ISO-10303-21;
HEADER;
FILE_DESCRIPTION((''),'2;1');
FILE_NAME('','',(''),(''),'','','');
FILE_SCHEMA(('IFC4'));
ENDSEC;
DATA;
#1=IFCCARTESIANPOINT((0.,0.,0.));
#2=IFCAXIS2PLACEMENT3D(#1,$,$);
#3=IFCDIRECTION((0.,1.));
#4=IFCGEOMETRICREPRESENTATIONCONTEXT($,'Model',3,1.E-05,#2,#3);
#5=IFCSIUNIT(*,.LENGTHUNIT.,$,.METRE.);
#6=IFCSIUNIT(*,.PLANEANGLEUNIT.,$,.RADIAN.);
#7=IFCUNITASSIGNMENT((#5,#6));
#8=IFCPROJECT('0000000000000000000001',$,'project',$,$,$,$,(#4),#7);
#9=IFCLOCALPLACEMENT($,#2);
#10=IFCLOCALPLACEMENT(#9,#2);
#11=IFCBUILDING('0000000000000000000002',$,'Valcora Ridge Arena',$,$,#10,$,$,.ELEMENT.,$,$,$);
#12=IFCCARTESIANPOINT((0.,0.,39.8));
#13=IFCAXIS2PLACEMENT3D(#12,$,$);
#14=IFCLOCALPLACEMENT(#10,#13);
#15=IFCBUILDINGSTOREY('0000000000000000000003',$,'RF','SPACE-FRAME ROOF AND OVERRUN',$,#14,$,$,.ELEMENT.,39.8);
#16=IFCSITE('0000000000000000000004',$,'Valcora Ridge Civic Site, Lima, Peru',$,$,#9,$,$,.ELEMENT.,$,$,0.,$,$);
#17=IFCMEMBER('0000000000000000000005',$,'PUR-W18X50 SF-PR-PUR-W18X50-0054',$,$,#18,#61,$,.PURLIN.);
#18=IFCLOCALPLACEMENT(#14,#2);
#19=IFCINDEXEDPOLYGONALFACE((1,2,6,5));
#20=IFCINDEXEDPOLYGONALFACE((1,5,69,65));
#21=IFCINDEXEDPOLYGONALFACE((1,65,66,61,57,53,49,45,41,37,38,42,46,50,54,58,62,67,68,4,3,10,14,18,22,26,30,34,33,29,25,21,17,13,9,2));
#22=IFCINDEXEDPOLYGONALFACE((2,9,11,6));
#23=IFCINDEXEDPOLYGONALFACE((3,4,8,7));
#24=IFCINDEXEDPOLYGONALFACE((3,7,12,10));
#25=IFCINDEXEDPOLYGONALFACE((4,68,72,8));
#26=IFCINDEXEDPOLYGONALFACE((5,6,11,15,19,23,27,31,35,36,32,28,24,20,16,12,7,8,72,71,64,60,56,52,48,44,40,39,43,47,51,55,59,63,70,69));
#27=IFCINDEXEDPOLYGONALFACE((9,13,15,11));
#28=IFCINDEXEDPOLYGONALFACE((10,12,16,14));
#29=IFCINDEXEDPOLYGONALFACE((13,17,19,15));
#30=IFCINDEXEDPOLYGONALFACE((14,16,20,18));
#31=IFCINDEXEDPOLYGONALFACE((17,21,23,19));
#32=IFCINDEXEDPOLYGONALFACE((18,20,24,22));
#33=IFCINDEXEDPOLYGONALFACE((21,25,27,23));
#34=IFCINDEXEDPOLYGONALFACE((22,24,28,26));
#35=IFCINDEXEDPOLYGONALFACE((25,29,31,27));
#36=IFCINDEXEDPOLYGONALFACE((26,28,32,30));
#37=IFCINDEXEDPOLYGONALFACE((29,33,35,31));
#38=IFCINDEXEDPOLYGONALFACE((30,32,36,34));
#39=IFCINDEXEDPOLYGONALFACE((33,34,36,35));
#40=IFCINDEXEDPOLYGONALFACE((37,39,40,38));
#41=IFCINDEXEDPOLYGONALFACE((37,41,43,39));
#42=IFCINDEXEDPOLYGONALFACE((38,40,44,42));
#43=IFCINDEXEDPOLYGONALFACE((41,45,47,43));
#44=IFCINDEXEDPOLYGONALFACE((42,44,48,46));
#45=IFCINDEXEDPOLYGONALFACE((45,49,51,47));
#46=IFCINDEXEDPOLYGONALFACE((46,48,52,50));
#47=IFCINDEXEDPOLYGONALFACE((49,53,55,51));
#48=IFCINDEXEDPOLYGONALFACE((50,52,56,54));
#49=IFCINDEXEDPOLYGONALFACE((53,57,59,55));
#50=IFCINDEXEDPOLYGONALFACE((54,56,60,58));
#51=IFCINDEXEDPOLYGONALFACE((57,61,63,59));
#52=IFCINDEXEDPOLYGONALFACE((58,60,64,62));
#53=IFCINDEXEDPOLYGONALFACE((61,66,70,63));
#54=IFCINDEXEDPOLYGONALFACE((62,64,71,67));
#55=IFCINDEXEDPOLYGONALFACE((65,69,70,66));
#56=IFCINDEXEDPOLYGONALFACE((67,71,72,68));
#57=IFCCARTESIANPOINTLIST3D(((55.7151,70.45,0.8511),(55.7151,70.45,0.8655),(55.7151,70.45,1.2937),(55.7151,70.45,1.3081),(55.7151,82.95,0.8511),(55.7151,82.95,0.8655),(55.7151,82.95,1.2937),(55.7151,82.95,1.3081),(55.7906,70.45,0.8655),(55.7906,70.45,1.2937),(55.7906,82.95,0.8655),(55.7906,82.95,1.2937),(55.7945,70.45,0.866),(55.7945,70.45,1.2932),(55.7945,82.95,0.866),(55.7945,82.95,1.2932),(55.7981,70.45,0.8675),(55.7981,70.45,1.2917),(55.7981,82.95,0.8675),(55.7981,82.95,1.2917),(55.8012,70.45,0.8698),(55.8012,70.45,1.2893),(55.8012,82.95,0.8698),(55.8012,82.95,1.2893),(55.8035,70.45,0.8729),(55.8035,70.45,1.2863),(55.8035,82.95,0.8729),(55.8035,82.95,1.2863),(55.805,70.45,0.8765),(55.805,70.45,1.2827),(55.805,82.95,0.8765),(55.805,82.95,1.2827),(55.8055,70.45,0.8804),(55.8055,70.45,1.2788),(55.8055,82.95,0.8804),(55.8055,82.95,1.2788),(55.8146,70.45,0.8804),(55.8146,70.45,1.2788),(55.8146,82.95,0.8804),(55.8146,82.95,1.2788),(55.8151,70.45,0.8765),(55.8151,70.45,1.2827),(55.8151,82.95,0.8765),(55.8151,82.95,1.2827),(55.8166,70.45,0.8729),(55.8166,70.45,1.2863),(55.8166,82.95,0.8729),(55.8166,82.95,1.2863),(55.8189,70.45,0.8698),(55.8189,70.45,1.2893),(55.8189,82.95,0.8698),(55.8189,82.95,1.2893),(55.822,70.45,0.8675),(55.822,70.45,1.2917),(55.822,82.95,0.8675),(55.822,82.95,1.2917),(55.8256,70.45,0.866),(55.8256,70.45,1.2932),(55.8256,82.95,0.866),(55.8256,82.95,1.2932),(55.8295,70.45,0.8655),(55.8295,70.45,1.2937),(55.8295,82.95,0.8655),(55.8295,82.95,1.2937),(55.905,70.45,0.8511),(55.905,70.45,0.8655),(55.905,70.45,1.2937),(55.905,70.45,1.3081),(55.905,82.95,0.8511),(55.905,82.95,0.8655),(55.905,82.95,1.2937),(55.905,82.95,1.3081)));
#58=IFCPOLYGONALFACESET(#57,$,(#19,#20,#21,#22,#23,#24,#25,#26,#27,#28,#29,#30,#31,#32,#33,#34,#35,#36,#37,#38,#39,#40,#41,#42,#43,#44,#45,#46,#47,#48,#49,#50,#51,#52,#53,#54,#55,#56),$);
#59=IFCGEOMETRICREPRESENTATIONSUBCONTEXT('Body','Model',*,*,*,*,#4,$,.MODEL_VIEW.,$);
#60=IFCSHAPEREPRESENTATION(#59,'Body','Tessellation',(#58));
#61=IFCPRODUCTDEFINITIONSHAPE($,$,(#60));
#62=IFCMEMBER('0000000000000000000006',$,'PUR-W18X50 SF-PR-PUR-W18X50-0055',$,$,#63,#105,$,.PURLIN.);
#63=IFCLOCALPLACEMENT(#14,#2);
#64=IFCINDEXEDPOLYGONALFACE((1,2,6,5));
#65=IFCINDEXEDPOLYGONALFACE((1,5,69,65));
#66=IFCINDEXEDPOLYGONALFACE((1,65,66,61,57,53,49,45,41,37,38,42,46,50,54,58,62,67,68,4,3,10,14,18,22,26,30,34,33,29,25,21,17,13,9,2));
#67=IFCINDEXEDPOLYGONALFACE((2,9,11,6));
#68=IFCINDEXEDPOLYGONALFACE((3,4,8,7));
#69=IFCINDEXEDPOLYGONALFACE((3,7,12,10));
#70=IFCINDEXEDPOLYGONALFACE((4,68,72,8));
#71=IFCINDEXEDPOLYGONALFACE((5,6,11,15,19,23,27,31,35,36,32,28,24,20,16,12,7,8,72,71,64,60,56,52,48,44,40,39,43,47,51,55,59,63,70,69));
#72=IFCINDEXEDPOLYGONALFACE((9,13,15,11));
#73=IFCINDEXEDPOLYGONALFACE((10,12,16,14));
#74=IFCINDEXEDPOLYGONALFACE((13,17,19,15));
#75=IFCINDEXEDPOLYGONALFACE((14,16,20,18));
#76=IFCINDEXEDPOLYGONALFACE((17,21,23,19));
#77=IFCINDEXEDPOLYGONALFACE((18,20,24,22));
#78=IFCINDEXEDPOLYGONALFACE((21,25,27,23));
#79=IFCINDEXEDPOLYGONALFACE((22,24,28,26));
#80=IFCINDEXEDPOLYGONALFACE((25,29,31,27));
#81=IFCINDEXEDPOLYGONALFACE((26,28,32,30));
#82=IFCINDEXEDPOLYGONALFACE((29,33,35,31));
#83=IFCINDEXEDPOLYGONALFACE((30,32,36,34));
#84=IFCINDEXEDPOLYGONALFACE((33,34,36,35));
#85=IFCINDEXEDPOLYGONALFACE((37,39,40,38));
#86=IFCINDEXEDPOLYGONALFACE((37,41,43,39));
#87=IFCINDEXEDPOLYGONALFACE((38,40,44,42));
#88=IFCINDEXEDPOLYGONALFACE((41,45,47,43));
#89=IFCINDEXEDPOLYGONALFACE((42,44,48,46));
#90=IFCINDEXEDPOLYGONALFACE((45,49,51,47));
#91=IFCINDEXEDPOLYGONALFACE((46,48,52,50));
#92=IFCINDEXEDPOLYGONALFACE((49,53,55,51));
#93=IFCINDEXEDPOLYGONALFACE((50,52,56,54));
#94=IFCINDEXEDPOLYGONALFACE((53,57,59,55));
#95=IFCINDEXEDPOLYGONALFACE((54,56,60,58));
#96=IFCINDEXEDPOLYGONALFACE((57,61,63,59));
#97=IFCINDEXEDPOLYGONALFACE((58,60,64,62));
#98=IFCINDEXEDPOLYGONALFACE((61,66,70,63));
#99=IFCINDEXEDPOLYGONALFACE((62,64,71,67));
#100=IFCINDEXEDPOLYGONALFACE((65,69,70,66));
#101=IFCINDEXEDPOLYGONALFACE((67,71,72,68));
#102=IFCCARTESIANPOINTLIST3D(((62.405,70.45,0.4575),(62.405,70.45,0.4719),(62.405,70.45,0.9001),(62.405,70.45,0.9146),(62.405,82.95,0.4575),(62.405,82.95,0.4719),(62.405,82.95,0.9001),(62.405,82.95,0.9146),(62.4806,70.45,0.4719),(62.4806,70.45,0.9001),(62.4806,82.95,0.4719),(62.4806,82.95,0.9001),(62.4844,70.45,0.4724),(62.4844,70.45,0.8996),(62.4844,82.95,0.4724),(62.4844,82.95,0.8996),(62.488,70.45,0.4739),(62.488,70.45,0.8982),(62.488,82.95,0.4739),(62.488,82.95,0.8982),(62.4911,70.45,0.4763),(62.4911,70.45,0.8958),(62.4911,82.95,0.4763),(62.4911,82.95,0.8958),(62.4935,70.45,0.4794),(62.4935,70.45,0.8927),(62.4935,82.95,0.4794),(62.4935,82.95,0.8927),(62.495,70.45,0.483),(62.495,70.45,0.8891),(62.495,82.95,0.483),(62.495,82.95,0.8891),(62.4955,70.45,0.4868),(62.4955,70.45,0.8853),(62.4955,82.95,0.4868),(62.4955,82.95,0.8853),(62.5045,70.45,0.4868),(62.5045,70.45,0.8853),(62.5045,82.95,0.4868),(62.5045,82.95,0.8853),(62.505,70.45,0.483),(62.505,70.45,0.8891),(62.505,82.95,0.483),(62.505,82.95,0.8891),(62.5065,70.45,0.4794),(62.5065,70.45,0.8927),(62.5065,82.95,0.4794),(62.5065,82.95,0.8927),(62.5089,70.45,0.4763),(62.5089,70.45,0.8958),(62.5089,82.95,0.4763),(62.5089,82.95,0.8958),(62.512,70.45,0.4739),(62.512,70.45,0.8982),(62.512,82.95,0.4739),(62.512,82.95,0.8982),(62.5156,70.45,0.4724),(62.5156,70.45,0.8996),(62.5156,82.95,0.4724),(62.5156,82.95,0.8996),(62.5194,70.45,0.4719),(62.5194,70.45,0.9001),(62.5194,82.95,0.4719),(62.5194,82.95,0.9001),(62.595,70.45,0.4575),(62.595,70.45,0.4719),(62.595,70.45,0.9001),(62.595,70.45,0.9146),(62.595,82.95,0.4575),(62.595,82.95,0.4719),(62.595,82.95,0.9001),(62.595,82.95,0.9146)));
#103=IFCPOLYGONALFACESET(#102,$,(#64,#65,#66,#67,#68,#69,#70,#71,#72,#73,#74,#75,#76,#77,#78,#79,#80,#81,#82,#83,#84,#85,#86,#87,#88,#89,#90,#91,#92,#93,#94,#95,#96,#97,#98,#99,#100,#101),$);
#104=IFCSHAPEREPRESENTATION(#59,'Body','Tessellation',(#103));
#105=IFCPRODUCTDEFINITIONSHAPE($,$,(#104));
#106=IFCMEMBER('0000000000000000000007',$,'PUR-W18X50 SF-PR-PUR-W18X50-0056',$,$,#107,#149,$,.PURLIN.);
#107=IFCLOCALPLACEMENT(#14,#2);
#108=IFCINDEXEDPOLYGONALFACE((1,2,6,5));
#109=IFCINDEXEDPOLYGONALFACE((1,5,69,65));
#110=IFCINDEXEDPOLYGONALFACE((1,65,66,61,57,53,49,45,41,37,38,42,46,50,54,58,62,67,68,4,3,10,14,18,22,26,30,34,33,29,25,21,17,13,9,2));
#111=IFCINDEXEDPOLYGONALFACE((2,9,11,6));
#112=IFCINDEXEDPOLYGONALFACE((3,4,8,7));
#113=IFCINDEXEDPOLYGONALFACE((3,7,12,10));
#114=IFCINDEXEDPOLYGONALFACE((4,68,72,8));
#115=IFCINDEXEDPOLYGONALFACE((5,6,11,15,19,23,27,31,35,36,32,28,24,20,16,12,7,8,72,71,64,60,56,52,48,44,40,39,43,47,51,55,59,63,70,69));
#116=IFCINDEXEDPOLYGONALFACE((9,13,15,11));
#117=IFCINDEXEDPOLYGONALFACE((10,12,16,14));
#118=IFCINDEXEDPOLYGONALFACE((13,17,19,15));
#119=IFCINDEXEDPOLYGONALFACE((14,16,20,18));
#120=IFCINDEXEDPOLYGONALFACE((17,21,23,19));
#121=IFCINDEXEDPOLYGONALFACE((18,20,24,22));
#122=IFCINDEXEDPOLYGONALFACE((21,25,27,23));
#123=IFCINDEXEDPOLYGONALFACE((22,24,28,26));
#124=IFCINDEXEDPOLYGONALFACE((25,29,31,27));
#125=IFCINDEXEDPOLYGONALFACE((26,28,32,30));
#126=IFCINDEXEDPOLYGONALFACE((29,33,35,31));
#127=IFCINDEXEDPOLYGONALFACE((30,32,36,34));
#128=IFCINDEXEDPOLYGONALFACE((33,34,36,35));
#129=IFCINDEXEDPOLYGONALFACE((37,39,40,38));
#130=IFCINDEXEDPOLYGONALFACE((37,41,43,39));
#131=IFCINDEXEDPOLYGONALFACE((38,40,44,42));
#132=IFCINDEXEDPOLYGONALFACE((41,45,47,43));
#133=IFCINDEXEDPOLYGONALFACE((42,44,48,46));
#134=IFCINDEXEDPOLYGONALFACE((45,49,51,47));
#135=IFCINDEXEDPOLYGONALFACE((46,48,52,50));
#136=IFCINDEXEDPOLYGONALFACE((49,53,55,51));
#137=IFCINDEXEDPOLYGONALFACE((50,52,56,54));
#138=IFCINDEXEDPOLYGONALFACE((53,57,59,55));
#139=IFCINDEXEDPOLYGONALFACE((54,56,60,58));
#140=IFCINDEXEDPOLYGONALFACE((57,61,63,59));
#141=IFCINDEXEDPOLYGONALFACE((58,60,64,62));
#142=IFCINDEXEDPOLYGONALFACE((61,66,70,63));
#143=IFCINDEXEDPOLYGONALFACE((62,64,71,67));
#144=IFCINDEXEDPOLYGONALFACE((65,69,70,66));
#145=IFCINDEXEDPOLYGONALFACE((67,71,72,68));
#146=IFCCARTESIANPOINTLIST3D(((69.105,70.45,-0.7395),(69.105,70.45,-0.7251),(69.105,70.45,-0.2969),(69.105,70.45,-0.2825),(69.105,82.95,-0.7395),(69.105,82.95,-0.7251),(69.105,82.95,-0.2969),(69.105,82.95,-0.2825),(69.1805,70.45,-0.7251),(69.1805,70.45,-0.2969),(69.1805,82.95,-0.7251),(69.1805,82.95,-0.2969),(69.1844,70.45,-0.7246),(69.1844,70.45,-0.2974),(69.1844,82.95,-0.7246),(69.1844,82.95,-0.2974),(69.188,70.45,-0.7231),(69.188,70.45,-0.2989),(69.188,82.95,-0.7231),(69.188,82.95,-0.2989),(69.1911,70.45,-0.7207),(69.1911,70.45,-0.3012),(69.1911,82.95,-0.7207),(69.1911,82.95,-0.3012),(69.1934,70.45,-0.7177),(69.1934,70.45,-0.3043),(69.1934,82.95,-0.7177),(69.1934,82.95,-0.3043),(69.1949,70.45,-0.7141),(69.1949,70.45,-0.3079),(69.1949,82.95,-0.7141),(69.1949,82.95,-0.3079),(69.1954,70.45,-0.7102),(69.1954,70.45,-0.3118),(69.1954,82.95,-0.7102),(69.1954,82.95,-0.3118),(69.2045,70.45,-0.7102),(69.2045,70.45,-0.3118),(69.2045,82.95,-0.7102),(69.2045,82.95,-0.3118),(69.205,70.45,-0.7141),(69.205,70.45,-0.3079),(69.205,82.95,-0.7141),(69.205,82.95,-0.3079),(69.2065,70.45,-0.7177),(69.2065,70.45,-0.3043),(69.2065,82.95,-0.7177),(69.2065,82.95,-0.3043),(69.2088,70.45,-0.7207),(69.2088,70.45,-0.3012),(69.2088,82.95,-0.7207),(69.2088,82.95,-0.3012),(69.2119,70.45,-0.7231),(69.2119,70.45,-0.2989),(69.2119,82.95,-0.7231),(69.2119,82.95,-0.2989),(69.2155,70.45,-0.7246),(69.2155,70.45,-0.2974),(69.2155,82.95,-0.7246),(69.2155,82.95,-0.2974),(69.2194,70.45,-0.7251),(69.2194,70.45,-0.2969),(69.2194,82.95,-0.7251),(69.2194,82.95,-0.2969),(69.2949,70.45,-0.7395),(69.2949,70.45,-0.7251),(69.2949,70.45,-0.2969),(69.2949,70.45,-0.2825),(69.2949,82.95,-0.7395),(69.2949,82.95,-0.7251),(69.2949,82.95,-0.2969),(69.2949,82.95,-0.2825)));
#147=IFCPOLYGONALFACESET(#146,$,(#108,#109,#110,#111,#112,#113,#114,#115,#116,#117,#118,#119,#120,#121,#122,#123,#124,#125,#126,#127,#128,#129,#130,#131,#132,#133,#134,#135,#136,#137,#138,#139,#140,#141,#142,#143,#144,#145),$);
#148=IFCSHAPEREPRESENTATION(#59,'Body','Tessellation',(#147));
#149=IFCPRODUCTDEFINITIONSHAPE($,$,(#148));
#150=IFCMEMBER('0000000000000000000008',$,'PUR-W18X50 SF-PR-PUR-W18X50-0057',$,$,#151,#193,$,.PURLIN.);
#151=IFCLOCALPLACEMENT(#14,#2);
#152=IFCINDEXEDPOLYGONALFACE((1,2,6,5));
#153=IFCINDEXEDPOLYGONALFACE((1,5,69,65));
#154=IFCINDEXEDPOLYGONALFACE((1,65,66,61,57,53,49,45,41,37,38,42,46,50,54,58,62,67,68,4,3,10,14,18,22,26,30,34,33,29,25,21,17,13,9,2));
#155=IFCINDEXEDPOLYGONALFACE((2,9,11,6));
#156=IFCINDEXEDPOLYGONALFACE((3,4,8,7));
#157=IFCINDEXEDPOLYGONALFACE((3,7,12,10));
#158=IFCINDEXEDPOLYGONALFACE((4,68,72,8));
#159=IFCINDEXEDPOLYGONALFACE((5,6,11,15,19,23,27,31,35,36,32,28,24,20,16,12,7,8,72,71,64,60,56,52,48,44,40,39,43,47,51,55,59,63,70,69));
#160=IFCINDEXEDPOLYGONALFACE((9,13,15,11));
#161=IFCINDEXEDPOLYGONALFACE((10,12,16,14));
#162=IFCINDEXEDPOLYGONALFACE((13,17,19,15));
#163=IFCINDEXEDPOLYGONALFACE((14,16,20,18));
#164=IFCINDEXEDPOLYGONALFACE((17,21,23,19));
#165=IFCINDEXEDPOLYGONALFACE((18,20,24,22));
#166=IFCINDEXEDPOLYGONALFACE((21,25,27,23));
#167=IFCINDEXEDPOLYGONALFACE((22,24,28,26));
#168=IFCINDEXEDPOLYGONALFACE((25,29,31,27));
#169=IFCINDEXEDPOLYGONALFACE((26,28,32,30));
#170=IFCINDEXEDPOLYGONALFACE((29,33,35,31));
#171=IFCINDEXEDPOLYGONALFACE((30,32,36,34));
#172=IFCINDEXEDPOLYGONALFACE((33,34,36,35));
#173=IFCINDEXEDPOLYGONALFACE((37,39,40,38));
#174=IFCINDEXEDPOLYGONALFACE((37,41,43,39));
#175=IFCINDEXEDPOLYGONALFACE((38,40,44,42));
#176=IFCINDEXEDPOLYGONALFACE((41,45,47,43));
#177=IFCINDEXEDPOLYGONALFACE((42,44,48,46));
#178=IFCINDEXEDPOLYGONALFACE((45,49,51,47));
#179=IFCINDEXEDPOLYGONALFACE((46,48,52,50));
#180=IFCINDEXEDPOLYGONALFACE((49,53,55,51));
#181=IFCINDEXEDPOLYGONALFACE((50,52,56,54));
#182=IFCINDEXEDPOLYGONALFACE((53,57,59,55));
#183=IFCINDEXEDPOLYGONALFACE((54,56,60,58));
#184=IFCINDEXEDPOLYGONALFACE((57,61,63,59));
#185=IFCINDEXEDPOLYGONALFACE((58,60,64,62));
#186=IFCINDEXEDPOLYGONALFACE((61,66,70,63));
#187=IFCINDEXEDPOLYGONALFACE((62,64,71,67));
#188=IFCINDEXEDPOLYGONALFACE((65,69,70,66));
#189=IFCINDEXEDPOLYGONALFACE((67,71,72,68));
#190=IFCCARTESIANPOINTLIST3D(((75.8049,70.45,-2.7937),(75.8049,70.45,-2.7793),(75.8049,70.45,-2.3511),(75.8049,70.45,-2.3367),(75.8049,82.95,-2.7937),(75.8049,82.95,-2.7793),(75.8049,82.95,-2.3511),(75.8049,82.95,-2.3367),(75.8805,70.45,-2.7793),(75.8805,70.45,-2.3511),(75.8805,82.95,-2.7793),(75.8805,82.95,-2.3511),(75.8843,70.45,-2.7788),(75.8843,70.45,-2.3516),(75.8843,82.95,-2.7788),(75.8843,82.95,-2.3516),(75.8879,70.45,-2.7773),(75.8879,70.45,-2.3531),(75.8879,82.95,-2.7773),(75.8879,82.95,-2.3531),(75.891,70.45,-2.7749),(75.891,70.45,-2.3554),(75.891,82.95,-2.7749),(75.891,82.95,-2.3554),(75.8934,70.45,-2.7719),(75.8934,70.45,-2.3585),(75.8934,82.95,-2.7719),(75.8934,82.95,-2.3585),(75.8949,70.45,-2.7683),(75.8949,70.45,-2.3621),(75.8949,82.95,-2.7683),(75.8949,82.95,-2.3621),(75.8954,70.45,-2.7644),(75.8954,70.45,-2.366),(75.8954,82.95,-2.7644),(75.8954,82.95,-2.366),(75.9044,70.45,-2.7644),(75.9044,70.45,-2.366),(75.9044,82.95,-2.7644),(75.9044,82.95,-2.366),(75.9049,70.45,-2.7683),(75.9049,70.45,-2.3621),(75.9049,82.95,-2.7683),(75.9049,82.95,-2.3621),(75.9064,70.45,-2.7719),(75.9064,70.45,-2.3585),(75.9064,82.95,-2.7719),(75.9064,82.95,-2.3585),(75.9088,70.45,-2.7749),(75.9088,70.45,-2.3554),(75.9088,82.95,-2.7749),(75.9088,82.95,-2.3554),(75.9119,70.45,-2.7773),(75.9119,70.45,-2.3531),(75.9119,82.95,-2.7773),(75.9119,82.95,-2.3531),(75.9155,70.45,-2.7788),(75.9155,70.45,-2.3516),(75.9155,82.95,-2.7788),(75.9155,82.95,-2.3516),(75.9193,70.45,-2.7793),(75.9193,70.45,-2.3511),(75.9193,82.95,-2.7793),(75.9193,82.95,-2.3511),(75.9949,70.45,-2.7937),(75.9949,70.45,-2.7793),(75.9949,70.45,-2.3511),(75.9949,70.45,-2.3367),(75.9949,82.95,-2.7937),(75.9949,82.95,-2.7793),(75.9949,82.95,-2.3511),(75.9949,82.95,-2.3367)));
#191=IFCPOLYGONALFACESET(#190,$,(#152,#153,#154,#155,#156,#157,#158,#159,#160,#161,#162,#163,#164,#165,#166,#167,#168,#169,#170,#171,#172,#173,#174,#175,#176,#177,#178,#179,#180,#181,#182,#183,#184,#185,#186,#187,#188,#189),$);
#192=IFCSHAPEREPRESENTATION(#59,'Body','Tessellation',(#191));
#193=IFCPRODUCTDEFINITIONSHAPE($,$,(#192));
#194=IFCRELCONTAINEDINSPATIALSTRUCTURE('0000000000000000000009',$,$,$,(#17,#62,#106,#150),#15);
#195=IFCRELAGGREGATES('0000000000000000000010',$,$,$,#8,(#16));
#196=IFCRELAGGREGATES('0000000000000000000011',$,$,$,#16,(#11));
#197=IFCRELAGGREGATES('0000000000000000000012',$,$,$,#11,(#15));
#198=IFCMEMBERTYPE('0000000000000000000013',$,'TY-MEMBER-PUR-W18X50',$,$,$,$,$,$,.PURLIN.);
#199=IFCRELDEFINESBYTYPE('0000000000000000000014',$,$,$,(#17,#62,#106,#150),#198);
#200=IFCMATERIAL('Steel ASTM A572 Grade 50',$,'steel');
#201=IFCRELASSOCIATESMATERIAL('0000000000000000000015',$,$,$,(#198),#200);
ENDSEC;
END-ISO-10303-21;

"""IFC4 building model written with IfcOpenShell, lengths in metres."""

from ifc_helpers import new_model, si_unit, direction, frame, origin, origin_2d, place, context, subcontext, project, spatial, i_section, extrude, material, material_profile, profile_set, type_object, element, save


model = new_model("IFC4")

# Units and contexts
model_context = context("Model", 3, precision=1e-05, world=origin(), true_north=direction((0.0, 1.0)))
body_context = subcontext(model_context, "Body", "Model", "MODEL_VIEW")
ifc_project = project(units=[si_unit("LENGTHUNIT", "METRE"), si_unit("PLANEANGLEUNIT", "RADIAN")], contexts=[model_context])

# Site, building, storey
site_placement = place(None, origin())
site = spatial("IfcSite", under=ifc_project, at=site_placement, Name="Valcora Ridge Civic Site, Lima, Peru", CompositionType="ELEMENT", RefElevation=0.0)
building_placement = place(site_placement, origin())
building = spatial("IfcBuilding", under=site, at=building_placement, Name="Valcora Ridge Arena", CompositionType="ELEMENT")
storey_placement = place(building_placement, frame((0.0, 0.0, 39.8)))
storey = spatial("IfcBuildingStorey", under=building, at=storey_placement, Name="RF", Description="SPACE-FRAME ROOF AND OVERRUN", CompositionType="ELEMENT", Elevation=39.8)

# Members
ifc_material_1 = material(Name="Steel ASTM A572 Grade 50", Category="steel")
ifc_material_profile_1 = material_profile(ifc_material_1, i_section(OverallWidth=0.1899, OverallDepth=0.457, WebThickness=0.009, FlangeThickness=0.0144, FilletRadius=0.0149, at=origin_2d()), Name="W18X50")
ifc_profile_set_1 = profile_set([ifc_material_profile_1], Name="Steel ASTM A572 Grade 50")
member_type_1 = type_object("IfcMemberType", Name="TY-MEMBER-PUR-W18X50", PredefinedType="PURLIN", material=ifc_profile_set_1)
for number, where, z_axis, x_axis, name in (
    (1, (55.8101, 70.45, 1.0796), (0.0, 1.0, 0.0), (-1.0, 0.0, 0.0), "PUR-W18X50 SF-PR-PUR-W18X50-0054"),
    (2, (62.5, 70.45, 0.686), (0.0, 1.0, 0.0), (-1.0, 0.0, 0.0), "PUR-W18X50 SF-PR-PUR-W18X50-0055"),
    (3, (69.2, 70.45, -0.511), (0.0, 1.0, 0.0), (-1.0, 0.0, 0.0), "PUR-W18X50 SF-PR-PUR-W18X50-0056"),
    (4, (75.8999, 70.45, -2.5652), (0.0, 1.0, 0.0), (-1.0, 0.0, 0.0), "PUR-W18X50 SF-PR-PUR-W18X50-0057"),
):
    element("IfcMember", number, at=place(storey_placement, frame(where, z_axis=z_axis, x_axis=x_axis)), inside=storey, type_object=member_type_1, Name=name, PredefinedType="PURLIN", context=body_context, shape_type="SweptSolid", body=[
        extrude(i_section(OverallWidth=0.1899, OverallDepth=0.457, WebThickness=0.009, FlangeThickness=0.0144, FilletRadius=0.0149, at=origin_2d()), origin(), (0.0, 0.0, 1.0), 12.5),
    ])

save(model, "model.ifc")
